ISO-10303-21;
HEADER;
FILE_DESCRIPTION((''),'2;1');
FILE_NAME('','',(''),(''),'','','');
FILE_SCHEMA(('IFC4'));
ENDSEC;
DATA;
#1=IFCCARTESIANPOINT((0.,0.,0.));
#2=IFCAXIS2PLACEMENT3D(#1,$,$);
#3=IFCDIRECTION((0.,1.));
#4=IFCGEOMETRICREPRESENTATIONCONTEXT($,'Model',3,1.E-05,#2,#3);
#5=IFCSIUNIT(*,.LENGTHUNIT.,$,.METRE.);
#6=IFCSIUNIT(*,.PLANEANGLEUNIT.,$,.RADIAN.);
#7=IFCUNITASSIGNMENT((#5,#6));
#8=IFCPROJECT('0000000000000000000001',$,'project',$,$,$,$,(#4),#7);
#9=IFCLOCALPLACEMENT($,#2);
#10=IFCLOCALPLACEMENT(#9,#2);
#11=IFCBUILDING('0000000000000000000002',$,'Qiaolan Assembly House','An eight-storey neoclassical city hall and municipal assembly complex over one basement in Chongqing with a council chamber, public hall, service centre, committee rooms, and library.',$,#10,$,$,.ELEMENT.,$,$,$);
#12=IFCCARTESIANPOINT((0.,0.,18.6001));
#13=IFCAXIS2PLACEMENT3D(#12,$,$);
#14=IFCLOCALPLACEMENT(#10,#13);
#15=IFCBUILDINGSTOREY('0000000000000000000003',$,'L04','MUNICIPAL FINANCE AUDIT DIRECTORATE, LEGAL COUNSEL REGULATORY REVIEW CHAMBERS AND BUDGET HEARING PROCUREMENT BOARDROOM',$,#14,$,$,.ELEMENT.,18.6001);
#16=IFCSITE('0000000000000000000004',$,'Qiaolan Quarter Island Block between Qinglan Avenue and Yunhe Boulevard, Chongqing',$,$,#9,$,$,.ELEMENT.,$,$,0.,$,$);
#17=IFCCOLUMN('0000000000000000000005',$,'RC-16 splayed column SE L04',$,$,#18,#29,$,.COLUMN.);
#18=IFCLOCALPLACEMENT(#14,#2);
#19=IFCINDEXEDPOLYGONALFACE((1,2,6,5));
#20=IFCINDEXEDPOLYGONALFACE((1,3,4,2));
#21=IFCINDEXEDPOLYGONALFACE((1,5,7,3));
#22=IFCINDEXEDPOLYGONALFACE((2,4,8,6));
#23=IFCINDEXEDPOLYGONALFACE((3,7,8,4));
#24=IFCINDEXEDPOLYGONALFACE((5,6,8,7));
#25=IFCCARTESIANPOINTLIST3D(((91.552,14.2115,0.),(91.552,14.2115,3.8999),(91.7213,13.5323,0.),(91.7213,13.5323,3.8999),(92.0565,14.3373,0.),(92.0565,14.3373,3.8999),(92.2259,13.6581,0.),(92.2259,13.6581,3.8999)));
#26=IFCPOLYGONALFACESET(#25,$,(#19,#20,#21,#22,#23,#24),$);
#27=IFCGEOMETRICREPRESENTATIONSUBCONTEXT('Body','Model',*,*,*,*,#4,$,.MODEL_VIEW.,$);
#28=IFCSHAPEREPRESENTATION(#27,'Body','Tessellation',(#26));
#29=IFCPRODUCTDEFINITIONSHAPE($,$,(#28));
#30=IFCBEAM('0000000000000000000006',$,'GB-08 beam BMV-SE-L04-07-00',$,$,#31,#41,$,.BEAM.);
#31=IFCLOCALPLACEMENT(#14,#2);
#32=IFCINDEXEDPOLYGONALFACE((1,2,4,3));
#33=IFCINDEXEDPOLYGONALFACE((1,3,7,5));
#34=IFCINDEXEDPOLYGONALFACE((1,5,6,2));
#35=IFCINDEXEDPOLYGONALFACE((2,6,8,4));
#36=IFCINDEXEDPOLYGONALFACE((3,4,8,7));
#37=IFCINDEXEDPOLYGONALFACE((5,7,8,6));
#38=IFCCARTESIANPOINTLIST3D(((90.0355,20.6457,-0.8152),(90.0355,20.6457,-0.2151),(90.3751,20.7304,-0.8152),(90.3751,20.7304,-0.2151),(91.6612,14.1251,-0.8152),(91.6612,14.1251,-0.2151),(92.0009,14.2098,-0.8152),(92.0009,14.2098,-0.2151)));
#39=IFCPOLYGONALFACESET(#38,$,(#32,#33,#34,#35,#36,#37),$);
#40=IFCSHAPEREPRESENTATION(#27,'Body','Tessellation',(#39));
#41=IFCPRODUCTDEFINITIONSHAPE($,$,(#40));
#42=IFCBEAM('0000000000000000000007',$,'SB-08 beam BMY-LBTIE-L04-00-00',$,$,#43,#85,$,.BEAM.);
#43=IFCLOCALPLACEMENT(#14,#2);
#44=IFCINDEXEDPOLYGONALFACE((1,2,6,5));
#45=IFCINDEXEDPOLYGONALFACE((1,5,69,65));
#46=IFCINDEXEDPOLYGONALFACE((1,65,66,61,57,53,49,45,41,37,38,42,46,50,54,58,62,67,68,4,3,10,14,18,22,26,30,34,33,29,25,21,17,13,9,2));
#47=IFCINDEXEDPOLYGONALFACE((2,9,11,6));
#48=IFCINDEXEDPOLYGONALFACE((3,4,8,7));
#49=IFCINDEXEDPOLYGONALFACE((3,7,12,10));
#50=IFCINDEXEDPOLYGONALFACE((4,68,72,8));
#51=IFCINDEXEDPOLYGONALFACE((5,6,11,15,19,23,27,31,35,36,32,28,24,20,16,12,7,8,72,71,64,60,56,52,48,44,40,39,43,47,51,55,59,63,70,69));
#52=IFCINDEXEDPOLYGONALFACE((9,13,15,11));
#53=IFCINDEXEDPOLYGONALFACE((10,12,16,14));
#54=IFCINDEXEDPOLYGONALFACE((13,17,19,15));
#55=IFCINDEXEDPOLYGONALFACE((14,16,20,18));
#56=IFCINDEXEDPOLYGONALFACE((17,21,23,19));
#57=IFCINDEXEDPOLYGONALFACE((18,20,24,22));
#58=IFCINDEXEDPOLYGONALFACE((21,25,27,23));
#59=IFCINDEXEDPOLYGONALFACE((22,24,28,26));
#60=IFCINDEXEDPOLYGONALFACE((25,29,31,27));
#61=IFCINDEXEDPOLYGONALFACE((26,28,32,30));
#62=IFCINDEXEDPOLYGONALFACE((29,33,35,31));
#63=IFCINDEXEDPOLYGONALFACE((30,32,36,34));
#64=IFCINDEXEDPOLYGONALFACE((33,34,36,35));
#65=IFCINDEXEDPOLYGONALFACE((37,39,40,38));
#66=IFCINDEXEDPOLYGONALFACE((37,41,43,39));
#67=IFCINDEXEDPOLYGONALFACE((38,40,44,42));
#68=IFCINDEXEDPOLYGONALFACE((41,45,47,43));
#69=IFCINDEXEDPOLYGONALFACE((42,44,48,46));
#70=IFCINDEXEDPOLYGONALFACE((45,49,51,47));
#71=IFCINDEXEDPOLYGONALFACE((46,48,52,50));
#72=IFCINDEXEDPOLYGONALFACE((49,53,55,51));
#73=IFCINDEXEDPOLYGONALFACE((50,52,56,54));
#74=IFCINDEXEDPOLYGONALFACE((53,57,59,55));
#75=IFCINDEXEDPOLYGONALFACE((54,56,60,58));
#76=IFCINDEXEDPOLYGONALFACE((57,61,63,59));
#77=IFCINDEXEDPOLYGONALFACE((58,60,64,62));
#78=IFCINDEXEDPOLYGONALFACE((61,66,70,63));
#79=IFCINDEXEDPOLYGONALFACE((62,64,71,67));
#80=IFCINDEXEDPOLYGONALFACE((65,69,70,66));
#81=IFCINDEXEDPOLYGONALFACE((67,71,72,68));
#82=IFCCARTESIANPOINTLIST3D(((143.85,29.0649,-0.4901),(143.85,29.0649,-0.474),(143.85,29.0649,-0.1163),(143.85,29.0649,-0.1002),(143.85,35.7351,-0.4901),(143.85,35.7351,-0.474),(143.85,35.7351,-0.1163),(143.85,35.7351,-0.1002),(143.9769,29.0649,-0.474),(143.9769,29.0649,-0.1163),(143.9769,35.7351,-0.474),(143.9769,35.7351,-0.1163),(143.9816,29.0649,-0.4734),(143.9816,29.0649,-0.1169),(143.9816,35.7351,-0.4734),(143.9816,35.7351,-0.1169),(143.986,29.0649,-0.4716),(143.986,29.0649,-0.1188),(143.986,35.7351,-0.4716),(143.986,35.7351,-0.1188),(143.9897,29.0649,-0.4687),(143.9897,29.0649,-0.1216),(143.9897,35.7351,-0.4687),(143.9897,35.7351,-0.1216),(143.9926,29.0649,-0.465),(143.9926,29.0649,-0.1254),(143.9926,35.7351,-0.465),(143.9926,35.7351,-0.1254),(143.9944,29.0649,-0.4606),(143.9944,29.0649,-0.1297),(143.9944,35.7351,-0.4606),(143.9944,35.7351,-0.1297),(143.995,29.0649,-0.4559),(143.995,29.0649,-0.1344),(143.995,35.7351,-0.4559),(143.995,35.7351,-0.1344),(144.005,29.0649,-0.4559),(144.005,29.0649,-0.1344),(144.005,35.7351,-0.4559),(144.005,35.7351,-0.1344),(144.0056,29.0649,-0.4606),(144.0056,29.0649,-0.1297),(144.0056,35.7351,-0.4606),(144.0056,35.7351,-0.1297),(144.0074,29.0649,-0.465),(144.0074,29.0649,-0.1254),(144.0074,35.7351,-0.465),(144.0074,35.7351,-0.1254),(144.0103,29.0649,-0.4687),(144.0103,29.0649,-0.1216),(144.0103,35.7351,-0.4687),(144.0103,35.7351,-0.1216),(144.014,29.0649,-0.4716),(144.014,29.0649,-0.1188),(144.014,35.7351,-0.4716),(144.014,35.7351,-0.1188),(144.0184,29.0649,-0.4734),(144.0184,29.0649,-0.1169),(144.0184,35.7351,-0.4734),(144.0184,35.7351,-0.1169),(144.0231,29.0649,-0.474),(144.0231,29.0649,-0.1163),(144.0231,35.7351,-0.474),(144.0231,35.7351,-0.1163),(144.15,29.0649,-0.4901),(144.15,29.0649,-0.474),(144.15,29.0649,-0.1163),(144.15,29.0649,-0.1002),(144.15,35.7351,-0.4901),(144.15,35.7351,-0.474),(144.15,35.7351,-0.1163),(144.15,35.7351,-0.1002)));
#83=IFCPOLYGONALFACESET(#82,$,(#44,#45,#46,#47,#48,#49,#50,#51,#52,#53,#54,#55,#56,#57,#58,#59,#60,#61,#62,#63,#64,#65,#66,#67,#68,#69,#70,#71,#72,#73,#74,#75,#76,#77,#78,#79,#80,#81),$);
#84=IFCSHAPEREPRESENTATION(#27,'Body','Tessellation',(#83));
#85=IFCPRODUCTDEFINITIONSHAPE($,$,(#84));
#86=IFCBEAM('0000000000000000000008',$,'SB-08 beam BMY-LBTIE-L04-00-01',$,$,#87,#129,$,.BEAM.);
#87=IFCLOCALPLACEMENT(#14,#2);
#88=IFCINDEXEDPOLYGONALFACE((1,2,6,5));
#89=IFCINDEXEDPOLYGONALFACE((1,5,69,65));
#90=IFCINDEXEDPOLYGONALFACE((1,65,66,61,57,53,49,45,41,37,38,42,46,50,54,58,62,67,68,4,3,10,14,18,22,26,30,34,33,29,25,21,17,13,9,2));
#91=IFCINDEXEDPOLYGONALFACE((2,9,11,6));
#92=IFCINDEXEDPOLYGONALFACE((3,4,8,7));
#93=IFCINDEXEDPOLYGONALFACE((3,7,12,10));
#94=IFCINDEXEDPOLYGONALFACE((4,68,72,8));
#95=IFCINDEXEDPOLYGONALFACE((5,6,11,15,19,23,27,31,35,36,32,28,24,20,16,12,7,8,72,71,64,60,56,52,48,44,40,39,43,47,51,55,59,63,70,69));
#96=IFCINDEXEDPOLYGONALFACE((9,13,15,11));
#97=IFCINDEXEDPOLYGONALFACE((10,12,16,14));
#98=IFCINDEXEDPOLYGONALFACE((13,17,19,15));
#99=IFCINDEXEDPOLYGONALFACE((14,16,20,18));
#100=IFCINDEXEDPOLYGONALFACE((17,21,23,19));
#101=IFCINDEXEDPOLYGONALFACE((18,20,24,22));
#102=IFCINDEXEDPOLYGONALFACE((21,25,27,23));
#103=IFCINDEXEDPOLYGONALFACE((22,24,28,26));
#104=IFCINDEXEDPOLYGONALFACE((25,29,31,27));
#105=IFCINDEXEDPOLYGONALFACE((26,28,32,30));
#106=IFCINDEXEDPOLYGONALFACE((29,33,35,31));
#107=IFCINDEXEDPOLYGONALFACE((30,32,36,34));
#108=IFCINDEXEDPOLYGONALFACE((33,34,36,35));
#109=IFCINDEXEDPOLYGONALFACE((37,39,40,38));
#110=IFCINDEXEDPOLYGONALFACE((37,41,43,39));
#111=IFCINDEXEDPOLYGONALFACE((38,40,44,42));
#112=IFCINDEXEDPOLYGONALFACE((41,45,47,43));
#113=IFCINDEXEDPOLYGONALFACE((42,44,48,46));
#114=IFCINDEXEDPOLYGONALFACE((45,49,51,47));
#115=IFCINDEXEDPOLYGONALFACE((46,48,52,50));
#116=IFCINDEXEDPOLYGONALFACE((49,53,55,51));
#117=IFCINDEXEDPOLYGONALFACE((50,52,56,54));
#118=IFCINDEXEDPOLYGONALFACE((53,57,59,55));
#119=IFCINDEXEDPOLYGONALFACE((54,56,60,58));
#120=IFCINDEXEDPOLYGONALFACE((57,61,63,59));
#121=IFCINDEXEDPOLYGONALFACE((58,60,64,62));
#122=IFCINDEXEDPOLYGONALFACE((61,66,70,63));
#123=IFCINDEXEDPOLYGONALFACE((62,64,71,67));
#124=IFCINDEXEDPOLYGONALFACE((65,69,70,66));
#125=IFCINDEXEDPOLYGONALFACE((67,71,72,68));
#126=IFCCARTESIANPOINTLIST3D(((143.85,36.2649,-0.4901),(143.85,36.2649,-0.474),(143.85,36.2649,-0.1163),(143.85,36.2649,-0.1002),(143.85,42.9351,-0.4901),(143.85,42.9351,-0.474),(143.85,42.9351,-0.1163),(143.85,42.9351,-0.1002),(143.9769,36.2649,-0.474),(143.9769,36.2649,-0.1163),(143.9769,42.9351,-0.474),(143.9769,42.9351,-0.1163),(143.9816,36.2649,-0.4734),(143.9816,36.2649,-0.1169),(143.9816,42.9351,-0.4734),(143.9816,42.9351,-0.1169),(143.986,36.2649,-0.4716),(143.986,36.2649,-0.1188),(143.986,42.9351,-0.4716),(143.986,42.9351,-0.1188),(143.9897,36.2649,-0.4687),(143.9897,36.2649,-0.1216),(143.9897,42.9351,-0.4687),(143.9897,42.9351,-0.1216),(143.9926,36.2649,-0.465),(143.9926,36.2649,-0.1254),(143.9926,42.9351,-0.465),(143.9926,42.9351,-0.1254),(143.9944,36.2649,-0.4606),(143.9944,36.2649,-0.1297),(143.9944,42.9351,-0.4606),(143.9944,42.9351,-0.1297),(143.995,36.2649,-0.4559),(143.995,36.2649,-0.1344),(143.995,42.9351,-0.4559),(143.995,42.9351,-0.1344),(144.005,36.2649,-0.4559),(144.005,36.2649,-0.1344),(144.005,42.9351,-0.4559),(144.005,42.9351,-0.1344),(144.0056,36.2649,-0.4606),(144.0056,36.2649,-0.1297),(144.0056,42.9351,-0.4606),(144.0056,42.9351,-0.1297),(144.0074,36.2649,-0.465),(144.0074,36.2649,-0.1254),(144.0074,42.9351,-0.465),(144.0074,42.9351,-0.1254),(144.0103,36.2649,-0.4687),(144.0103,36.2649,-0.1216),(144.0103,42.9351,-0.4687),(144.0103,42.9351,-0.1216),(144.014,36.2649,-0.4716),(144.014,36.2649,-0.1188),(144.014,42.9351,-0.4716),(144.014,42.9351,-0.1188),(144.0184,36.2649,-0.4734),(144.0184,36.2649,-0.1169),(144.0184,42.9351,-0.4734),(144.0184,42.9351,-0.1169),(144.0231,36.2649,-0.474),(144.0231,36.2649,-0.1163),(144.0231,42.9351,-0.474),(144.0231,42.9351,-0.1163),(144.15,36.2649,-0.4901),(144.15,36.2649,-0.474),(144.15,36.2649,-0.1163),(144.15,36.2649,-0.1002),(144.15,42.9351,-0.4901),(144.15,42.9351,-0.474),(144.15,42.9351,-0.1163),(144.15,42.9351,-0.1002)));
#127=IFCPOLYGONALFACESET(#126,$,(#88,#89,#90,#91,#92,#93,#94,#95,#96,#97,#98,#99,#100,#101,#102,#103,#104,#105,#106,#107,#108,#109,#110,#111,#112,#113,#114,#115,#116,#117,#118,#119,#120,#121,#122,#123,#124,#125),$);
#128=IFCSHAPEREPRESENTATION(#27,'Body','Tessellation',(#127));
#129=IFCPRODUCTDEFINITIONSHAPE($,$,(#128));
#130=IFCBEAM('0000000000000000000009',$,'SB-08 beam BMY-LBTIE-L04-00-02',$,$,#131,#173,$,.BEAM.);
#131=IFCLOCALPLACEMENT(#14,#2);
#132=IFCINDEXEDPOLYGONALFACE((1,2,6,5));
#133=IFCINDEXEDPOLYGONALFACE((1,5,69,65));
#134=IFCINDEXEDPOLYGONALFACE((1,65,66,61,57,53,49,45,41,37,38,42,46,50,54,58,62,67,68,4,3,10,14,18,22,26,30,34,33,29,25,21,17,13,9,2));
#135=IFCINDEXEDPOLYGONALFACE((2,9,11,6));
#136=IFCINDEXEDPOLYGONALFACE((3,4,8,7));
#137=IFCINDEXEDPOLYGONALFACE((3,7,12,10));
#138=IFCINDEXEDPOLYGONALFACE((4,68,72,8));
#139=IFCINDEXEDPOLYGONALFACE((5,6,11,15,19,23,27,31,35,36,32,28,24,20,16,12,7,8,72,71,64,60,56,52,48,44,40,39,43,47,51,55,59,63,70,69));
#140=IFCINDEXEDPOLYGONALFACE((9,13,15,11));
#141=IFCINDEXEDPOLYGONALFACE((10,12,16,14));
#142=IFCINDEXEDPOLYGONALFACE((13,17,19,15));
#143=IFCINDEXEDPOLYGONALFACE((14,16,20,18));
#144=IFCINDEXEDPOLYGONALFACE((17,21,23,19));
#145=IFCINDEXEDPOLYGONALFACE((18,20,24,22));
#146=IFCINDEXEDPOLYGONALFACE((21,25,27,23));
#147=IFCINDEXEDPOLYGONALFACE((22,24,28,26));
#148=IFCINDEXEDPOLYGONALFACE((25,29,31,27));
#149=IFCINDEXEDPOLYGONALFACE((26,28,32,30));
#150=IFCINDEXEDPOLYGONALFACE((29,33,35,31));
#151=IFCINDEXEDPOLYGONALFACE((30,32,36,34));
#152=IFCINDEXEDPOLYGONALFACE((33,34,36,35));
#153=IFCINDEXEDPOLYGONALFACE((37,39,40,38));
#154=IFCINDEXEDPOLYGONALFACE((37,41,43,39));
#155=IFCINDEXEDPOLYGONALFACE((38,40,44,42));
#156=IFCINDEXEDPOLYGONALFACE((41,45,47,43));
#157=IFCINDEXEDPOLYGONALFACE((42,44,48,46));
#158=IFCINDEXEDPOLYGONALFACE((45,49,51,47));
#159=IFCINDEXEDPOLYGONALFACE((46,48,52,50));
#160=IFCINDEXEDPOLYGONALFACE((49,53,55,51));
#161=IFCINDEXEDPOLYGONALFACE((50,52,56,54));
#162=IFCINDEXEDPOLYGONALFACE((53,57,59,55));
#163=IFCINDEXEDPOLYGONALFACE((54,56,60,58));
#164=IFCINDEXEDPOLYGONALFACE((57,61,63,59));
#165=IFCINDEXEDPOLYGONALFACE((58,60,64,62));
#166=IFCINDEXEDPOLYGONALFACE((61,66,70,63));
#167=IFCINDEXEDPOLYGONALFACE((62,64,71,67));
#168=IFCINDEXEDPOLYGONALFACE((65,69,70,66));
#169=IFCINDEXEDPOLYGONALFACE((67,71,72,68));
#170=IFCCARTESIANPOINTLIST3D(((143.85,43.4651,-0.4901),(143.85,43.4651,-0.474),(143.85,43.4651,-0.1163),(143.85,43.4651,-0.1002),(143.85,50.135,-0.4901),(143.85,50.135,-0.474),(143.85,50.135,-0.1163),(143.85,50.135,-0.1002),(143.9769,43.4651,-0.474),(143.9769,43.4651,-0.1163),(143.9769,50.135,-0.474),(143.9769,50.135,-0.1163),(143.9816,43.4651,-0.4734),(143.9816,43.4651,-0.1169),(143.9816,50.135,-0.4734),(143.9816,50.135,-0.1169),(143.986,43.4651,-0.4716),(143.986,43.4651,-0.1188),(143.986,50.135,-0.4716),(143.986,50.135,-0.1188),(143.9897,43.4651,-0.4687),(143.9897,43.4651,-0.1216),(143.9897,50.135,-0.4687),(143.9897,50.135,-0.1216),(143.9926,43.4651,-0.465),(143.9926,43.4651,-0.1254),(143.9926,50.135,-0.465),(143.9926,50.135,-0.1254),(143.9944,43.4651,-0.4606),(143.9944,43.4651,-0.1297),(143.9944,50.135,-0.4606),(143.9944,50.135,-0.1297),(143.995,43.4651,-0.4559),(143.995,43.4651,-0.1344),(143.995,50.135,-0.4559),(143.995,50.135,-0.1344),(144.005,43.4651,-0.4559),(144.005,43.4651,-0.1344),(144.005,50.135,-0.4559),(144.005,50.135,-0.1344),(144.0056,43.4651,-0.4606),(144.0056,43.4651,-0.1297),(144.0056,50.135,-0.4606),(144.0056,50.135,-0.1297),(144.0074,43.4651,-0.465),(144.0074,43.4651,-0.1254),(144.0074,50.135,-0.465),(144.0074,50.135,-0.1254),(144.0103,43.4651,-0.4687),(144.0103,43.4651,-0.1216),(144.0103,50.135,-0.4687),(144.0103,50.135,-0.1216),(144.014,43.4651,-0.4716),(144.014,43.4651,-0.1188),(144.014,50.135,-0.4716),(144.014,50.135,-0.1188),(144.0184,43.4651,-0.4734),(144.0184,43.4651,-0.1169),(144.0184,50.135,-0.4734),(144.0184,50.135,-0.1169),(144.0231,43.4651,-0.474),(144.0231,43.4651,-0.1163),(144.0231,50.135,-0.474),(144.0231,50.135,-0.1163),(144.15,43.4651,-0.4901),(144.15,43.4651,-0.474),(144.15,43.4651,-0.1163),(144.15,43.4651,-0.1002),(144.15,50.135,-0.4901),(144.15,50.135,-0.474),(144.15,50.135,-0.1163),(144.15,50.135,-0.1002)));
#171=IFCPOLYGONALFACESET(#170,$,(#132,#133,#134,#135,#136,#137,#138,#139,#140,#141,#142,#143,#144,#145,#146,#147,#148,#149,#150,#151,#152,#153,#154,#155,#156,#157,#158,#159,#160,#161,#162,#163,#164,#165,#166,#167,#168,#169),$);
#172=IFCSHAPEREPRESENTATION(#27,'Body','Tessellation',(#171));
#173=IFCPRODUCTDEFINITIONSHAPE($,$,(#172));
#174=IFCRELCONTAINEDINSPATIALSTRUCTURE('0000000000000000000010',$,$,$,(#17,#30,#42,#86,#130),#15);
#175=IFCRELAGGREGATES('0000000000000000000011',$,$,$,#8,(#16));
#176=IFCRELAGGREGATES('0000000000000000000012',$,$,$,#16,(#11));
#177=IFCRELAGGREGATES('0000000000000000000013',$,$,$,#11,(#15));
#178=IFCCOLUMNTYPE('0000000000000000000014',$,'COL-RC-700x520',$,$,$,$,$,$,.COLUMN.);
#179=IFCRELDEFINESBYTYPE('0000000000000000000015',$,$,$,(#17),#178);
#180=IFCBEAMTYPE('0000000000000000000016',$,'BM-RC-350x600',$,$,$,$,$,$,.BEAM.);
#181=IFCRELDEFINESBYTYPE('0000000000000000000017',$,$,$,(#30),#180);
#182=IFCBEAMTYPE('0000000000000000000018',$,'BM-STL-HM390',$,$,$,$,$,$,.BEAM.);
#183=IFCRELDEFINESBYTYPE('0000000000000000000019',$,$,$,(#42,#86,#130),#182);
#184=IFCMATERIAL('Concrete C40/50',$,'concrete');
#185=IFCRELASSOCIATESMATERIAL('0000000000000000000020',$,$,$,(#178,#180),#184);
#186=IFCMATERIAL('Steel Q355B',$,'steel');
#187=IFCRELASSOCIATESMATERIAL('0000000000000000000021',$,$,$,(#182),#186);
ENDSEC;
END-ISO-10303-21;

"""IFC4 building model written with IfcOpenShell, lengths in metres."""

from ifc_helpers import new_model, si_unit, direction, frame, origin, origin_2d, place, context, subcontext, project, spatial, rectangle, i_section, extrude, material, material_profile, profile_set, type_object, element, save


model = new_model("IFC4")

# Units and contexts
model_context = context("Model", 3, precision=1e-05, world=origin(), true_north=direction((0.0, 1.0)))
body_context = subcontext(model_context, "Body", "Model", "MODEL_VIEW")
ifc_project = project(units=[si_unit("LENGTHUNIT", "METRE"), si_unit("PLANEANGLEUNIT", "RADIAN")], contexts=[model_context])

# Site, building, storey
site_placement = place(None, origin())
site = spatial("IfcSite", under=ifc_project, at=site_placement, Name="Qiaolan Quarter Island Block between Qinglan Avenue and Yunhe Boulevard, Chongqing", CompositionType="ELEMENT", RefElevation=0.0)
building_placement = place(site_placement, origin())
building = spatial("IfcBuilding", under=site, at=building_placement, Name="Qiaolan Assembly House", Description="An eight-storey neoclassical city hall and municipal assembly complex over one basement in Chongqing with a council chamber, public hall, service centre, committee rooms, and library.", CompositionType="ELEMENT")
storey_placement = place(building_placement, frame((0.0, 0.0, 18.6001)))
storey = spatial("IfcBuildingStorey", under=building, at=storey_placement, Name="L04", Description="MUNICIPAL FINANCE AUDIT DIRECTORATE, LEGAL COUNSEL REGULATORY REVIEW CHAMBERS AND BUDGET HEARING PROCUREMENT BOARDROOM", CompositionType="ELEMENT", Elevation=18.6001)

# Column
ifc_material_1 = material(Name="Concrete C40/50", Category="concrete")
ifc_material_profile_1 = material_profile(ifc_material_1, rectangle(XDim=0.52, YDim=0.7, at=origin_2d()), Name="RC 700x520")
ifc_profile_set_1 = profile_set([ifc_material_profile_1], Name="Concrete C40/50")
column_type = type_object("IfcColumnType", Name="COL-RC-700x520", PredefinedType="COLUMN", material=ifc_profile_set_1)
column_placement = place(storey_placement, frame((91.8889, 13.9348, 0.0), z_axis=(0.0, 0.0, 1.0), x_axis=(0.970296, 0.241922, 0.0)))
element("IfcColumn", 1, at=column_placement, inside=storey, type_object=column_type, Name="RC-16 splayed column SE L04", PredefinedType="COLUMN", context=body_context, shape_type="SweptSolid", body=[
    extrude(rectangle(XDim=0.52, YDim=0.7, at=origin_2d()), origin(), (0.0, 0.0, 1.0), 3.8999),
])

# Beams
ifc_material_profile_2 = material_profile(ifc_material_1, rectangle(XDim=0.3501, YDim=0.6001, at=origin_2d()), Name="RCB 350x600")
ifc_profile_set_2 = profile_set([ifc_material_profile_2], Name="Concrete C40/50")
beam_type_1 = type_object("IfcBeamType", Name="BM-RC-350x600", PredefinedType="BEAM", material=ifc_profile_set_2)
beam_1_placement = place(storey_placement, frame((91.8311, 14.1675, -0.5151), z_axis=(-0.24192, 0.970296, 0.0), x_axis=(-0.970296, -0.24192, 0.0)))
element("IfcBeam", 2, at=beam_1_placement, inside=storey, type_object=beam_type_1, Name="GB-08 beam BMV-SE-L04-07-00", PredefinedType="BEAM", context=body_context, shape_type="SweptSolid", body=[
    extrude(rectangle(XDim=0.3501, YDim=0.6001, at=origin_2d()), origin(), (0.0, 0.0, 1.0), 6.7202),
])
ifc_material_2 = material(Name="Steel Q355B", Category="steel")
ifc_material_profile_3 = material_profile(ifc_material_2, i_section(OverallWidth=0.3, OverallDepth=0.3899, WebThickness=0.01, FlangeThickness=0.0161, FilletRadius=0.0181, at=origin_2d()), Name="HM 390x300x10x16")
ifc_profile_set_3 = profile_set([ifc_material_profile_3], Name="Steel Q355B")
beam_type_2 = type_object("IfcBeamType", Name="BM-STL-HM390", PredefinedType="BEAM", material=ifc_profile_set_3)
for number, where, z_axis, x_axis, name in (
    (3, (144.0, 29.0649, -0.2952), (0.0, 1.0, 0.0), (-1.0, 0.0, 0.0), "SB-08 beam BMY-LBTIE-L04-00-00"),
    (4, (144.0, 36.2649, -0.2952), (0.0, 1.0, 0.0), (-1.0, 0.0, 0.0), "SB-08 beam BMY-LBTIE-L04-00-01"),
):
    element("IfcBeam", number, at=place(storey_placement, frame(where, z_axis=z_axis, x_axis=x_axis)), inside=storey, type_object=beam_type_2, Name=name, PredefinedType="BEAM", context=body_context, shape_type="SweptSolid", body=[
        extrude(i_section(OverallWidth=0.3, OverallDepth=0.3899, WebThickness=0.01, FlangeThickness=0.0161, FilletRadius=0.0181, at=origin_2d()), origin(), (0.0, 0.0, 1.0), 6.6702),
    ])
for number, where, z_axis, x_axis, name in (
    (5, (144.0, 43.4651, -0.2952), (0.0, 1.0, 0.0), (-1.0, 0.0, 0.0), "SB-08 beam BMY-LBTIE-L04-00-02"),
):
    element("IfcBeam", number, at=place(storey_placement, frame(where, z_axis=z_axis, x_axis=x_axis)), inside=storey, type_object=beam_type_2, Name=name, PredefinedType="BEAM", context=body_context, shape_type="SweptSolid", body=[
        extrude(i_section(OverallWidth=0.3, OverallDepth=0.3899, WebThickness=0.01, FlangeThickness=0.0161, FilletRadius=0.0181, at=origin_2d()), origin(), (0.0, 0.0, 1.0), 6.6699),
    ])

save(model, "model.ifc")
